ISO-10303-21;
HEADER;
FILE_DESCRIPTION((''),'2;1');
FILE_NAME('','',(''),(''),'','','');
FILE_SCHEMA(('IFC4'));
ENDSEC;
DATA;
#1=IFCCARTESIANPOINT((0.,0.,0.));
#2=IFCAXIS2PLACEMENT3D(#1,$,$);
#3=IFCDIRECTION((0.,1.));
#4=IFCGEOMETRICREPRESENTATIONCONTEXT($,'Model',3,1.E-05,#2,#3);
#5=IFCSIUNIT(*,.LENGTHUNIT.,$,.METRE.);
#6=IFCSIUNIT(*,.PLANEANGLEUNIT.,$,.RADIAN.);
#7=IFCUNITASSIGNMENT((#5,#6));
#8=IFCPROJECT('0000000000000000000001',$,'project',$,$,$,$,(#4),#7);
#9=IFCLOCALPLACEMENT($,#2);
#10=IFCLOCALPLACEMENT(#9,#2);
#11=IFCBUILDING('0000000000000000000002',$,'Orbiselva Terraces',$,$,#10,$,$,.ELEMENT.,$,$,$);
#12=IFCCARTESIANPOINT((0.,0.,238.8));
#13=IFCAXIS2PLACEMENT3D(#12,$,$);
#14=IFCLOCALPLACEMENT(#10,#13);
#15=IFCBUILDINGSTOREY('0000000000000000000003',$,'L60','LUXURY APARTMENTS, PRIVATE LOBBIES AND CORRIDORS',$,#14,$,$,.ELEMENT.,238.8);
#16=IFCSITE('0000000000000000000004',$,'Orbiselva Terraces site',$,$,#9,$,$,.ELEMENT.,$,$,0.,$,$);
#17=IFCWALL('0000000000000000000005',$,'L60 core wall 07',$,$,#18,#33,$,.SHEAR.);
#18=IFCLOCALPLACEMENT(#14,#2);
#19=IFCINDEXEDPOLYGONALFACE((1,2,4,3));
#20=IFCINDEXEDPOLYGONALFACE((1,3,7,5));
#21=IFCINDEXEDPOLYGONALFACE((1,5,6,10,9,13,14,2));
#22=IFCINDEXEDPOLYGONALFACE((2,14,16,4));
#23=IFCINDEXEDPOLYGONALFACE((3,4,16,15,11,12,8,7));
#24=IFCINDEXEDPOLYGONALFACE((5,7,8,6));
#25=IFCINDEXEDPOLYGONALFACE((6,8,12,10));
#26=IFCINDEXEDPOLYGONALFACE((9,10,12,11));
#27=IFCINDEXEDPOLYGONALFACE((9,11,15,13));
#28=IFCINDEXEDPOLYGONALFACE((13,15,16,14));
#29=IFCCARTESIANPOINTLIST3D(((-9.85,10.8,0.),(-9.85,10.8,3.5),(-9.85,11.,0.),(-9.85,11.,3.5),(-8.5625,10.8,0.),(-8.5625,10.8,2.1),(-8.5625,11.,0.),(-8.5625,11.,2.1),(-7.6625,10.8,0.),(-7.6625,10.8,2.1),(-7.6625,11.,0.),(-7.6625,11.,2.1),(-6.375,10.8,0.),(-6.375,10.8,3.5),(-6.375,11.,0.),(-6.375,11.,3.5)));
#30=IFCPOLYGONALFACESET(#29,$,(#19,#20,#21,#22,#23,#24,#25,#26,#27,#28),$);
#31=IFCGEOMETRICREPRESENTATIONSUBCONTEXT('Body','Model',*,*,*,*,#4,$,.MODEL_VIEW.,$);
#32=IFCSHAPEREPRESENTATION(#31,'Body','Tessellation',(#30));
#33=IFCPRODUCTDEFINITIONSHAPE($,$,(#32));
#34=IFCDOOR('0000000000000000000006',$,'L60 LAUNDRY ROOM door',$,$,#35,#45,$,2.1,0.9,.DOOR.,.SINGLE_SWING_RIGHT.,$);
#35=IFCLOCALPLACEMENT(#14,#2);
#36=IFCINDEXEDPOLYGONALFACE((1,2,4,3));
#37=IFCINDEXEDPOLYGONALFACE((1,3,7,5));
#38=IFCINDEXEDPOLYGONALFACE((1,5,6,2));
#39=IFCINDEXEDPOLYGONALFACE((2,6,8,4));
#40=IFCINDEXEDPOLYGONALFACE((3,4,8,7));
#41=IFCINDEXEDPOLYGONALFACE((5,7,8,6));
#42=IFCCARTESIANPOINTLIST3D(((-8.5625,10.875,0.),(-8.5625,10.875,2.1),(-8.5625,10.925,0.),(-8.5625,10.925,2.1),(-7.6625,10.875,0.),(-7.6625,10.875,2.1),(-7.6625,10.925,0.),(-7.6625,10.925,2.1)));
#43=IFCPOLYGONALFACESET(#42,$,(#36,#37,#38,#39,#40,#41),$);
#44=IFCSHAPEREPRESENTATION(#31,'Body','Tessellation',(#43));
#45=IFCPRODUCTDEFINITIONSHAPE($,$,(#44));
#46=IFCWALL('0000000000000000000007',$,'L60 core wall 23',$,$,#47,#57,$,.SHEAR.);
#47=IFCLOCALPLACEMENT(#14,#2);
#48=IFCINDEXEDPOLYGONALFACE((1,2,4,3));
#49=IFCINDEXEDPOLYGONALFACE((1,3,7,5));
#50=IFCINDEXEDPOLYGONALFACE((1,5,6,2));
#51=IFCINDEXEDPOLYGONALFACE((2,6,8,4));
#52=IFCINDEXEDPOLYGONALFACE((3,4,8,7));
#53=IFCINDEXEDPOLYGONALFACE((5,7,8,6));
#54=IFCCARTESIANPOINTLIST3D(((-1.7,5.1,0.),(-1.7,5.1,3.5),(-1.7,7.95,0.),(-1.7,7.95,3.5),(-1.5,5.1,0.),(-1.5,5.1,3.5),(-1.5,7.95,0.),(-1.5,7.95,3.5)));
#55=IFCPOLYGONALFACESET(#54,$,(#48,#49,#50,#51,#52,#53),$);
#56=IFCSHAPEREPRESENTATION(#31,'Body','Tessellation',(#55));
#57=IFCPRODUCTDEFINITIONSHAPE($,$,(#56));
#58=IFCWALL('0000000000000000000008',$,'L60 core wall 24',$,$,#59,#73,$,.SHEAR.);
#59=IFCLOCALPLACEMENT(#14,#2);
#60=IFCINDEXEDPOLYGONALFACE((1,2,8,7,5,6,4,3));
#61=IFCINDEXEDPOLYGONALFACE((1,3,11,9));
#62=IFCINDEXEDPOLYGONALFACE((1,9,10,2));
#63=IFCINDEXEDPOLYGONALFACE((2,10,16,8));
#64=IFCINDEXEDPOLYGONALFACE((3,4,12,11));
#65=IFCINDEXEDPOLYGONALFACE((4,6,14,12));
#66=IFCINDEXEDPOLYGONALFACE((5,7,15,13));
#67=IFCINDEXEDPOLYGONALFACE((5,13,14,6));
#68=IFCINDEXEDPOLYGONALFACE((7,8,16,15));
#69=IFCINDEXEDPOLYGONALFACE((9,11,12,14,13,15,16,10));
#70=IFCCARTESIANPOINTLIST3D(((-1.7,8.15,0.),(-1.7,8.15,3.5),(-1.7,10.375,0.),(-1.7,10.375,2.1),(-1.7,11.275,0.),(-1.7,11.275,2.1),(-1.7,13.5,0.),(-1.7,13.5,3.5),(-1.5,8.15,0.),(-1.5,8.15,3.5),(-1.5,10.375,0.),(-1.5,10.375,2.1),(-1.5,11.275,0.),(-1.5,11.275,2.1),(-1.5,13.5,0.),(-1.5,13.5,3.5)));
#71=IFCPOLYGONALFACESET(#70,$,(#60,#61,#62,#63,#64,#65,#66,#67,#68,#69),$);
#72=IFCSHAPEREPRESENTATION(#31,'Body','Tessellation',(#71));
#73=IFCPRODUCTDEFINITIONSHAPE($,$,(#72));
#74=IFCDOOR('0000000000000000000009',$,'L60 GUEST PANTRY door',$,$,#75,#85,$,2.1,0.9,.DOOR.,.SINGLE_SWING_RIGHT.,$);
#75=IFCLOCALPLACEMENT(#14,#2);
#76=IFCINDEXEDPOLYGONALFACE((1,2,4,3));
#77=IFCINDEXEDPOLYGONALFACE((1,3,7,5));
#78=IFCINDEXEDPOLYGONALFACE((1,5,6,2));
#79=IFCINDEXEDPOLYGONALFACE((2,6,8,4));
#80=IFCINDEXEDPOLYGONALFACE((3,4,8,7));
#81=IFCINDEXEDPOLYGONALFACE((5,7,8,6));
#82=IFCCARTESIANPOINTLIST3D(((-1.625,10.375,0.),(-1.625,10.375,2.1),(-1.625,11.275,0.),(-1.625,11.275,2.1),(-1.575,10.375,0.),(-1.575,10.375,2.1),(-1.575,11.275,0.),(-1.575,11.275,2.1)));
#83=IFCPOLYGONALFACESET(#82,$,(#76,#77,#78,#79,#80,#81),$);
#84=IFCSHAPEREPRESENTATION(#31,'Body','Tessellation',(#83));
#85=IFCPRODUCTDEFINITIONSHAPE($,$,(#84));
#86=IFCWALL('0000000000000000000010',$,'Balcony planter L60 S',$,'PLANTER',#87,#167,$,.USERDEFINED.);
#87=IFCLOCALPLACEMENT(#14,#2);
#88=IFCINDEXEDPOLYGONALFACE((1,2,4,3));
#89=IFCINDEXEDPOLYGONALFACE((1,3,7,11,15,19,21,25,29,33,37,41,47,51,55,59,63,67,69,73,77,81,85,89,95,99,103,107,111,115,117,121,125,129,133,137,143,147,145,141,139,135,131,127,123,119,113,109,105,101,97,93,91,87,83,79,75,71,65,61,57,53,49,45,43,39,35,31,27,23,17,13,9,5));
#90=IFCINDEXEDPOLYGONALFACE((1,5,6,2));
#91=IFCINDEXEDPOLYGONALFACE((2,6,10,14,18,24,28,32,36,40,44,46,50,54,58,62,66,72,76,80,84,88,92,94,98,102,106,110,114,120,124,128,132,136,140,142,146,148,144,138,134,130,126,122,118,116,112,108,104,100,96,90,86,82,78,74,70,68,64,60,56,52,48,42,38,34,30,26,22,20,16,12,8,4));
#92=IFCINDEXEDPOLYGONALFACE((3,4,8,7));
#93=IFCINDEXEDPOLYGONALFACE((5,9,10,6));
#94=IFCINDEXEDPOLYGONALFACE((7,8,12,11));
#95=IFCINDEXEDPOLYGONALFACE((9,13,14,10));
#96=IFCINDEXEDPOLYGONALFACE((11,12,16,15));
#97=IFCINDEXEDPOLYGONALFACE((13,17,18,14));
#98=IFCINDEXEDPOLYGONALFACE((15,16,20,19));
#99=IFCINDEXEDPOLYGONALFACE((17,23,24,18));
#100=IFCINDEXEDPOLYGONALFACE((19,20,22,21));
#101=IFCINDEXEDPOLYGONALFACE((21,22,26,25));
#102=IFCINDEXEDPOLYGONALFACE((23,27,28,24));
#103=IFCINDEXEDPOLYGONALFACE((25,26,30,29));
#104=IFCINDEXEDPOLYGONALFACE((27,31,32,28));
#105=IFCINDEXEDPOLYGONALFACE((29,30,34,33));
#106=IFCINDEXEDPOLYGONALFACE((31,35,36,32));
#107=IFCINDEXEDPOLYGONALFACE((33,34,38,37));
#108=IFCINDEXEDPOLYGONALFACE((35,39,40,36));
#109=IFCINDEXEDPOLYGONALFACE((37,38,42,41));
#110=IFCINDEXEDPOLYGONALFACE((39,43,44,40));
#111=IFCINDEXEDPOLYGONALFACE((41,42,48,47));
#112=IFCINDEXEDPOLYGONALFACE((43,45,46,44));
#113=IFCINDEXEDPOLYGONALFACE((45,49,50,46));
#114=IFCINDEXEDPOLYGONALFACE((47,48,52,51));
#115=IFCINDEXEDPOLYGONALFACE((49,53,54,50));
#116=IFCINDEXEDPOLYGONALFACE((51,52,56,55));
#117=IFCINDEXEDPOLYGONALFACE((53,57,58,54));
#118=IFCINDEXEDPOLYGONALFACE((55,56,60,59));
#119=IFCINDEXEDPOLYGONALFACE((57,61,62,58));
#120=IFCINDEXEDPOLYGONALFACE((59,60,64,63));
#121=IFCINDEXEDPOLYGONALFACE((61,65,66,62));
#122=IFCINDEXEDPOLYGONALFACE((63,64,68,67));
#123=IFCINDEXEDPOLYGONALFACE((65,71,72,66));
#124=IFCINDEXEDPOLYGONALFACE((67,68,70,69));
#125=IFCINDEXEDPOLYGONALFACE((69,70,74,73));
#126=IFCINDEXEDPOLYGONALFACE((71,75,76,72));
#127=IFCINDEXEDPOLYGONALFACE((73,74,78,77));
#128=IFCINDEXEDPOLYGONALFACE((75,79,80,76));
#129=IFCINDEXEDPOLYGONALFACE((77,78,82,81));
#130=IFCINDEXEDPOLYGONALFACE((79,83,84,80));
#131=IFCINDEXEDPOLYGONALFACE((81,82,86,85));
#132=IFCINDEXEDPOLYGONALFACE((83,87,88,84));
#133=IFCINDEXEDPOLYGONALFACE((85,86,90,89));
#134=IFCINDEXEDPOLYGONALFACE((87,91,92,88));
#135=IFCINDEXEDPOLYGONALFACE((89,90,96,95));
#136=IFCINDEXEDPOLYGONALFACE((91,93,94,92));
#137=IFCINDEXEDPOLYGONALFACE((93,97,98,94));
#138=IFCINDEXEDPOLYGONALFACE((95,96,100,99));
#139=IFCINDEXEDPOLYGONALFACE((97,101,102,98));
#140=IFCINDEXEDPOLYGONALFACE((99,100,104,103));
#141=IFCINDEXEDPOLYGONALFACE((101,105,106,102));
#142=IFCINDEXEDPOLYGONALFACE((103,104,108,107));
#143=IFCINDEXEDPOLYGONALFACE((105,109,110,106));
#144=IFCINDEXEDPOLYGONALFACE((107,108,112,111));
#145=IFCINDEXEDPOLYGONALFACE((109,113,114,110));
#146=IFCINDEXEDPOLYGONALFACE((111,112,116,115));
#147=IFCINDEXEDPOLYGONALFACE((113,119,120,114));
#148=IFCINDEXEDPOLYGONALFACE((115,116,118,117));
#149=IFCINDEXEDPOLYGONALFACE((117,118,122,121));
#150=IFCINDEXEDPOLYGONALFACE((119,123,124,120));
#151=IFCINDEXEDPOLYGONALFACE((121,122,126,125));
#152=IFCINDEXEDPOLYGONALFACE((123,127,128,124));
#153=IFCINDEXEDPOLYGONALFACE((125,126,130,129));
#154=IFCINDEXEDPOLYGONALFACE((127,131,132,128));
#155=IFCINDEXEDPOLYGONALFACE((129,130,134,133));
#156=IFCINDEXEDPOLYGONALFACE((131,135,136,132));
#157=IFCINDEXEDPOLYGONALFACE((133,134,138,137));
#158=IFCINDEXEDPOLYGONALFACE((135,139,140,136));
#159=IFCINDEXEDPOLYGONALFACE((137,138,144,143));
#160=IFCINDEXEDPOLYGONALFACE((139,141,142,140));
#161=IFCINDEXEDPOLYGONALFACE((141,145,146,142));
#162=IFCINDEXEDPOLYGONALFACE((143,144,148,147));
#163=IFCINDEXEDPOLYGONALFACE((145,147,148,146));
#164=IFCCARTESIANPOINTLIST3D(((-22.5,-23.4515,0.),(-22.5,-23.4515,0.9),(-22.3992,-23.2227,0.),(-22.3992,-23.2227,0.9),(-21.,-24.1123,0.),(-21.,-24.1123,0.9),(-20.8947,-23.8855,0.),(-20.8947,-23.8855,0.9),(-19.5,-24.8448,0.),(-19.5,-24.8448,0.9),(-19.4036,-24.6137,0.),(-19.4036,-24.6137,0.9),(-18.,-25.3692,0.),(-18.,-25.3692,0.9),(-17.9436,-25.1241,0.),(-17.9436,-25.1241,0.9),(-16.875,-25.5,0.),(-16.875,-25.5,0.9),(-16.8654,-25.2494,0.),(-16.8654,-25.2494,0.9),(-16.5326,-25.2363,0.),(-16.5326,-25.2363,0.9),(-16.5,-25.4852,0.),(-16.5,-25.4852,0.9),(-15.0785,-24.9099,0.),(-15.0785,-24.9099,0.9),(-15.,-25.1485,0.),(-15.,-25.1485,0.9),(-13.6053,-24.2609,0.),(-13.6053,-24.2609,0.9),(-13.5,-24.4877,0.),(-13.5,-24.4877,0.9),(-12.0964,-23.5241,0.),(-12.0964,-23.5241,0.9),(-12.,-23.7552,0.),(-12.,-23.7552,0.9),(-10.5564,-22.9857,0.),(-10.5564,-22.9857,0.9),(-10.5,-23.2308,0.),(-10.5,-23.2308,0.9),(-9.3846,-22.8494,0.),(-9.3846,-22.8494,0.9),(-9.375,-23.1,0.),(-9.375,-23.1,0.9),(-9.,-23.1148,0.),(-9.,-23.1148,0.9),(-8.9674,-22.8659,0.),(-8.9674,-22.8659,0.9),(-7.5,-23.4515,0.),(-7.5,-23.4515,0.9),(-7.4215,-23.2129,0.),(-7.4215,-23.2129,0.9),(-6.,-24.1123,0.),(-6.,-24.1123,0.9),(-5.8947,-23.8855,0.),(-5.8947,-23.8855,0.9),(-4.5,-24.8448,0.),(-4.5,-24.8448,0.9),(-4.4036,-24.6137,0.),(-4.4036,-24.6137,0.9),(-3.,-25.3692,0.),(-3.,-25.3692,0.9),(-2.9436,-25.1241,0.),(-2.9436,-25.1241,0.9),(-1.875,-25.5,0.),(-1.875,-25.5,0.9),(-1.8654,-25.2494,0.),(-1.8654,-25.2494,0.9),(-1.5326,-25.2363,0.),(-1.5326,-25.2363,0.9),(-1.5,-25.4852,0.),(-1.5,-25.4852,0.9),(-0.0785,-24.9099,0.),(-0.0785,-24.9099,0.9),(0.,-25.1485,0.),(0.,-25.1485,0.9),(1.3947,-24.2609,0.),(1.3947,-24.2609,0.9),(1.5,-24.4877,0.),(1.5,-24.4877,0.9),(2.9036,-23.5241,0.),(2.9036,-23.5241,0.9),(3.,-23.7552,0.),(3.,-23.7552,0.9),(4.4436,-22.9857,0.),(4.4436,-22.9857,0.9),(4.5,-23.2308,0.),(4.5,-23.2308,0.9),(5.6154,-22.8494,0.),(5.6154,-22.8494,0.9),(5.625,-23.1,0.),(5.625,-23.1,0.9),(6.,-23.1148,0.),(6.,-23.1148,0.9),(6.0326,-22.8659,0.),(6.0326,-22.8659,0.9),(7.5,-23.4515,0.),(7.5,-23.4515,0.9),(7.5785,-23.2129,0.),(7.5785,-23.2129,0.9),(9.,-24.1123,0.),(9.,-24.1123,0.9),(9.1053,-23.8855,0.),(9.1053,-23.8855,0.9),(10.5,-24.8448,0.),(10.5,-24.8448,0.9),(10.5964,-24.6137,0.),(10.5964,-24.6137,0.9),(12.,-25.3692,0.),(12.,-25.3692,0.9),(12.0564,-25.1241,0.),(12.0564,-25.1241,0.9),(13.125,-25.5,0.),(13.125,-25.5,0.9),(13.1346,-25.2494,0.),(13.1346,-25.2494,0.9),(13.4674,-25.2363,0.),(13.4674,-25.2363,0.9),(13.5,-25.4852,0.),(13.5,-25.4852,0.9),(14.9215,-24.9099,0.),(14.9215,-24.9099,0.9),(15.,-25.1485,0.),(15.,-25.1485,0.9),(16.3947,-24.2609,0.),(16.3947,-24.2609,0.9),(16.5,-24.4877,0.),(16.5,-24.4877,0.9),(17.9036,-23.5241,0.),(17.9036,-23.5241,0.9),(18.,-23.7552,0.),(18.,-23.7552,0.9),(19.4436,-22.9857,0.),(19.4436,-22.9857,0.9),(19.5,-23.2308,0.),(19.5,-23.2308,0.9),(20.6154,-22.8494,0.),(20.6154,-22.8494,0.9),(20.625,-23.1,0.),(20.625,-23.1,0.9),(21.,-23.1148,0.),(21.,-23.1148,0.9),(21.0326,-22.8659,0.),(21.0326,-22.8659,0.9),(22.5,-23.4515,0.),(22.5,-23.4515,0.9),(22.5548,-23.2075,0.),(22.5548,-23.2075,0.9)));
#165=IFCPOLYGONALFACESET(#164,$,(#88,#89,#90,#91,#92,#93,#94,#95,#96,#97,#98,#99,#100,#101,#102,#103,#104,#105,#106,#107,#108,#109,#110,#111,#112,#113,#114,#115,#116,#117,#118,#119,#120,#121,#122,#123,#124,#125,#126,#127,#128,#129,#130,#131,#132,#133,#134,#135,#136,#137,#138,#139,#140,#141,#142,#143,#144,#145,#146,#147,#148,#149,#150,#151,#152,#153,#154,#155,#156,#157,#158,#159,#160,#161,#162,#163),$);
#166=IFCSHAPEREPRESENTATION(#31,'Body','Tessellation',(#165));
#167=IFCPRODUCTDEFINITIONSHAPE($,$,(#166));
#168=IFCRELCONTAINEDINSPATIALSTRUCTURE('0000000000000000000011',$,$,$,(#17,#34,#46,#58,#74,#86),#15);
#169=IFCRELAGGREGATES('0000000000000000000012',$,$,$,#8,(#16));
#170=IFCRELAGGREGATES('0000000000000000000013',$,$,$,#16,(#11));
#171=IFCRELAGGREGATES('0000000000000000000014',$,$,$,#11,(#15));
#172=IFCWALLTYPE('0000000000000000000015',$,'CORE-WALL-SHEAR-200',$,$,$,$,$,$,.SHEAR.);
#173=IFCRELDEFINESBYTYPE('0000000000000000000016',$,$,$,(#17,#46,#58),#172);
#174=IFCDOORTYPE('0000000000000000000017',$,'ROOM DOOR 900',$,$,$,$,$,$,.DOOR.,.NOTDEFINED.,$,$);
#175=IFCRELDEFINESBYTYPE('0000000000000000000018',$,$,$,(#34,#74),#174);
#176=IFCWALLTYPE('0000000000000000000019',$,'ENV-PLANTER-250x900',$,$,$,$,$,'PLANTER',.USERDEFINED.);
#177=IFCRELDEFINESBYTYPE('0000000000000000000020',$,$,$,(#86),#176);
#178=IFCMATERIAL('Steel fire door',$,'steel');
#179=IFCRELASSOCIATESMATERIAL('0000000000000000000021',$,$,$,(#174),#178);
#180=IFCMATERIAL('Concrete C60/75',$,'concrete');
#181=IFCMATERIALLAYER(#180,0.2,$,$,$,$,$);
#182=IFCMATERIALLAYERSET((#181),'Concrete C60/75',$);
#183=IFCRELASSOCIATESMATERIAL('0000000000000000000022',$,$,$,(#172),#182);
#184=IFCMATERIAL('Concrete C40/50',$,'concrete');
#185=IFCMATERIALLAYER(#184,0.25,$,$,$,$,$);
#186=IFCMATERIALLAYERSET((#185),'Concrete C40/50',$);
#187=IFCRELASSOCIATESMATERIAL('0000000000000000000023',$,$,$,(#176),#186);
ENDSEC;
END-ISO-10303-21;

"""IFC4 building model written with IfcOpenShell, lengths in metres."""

from ifc_helpers import new_model, si_unit, direction, frame, frame_2d, origin, place, context, subcontext, project, spatial, polyline, rectangle, outline, extrude, material, layer, layer_set, type_object, element, fill, save


model = new_model("IFC4")

# Units and contexts
model_context = context("Model", 3, precision=1e-05, world=origin(), true_north=direction((0.0, 1.0)))
body_context = subcontext(model_context, "Body", "Model", "MODEL_VIEW")
ifc_project = project(units=[si_unit("LENGTHUNIT", "METRE"), si_unit("PLANEANGLEUNIT", "RADIAN")], contexts=[model_context])

# Site, building, storey
site_placement = place(None, origin())
site = spatial("IfcSite", under=ifc_project, at=site_placement, Name="Orbiselva Terraces site", CompositionType="ELEMENT", RefElevation=0.0)
building_placement = place(site_placement, origin())
building = spatial("IfcBuilding", under=site, at=building_placement, Name="Orbiselva Terraces", CompositionType="ELEMENT")
storey_placement = place(building_placement, frame((0.0, 0.0, 238.8)))
storey = spatial("IfcBuildingStorey", under=building, at=storey_placement, Name="L60", Description="LUXURY APARTMENTS, PRIVATE LOBBIES AND CORRIDORS", CompositionType="ELEMENT", Elevation=238.8)

# Shared definitions
ifc_material_1 = material(Name="Steel fire door", Category="steel")
door_type = type_object("IfcDoorType", Name="ROOM DOOR 900", OperationType="NOTDEFINED", PredefinedType="DOOR", material=ifc_material_1)

# Shared definitions
ifc_material_2 = material(Name="Concrete C60/75", Category="concrete")
ifc_layer_1 = layer(ifc_material_2, 0.2)
ifc_layer_set_1 = layer_set([ifc_layer_1], Name="Concrete C60/75")
wall_type_1 = type_object("IfcWallType", Name="CORE-WALL-SHEAR-200", PredefinedType="SHEAR", material=ifc_layer_set_1)

# Wall, opening, door
wall_1_placement = place(storey_placement, frame((-9.85, 10.9, 0.0), z_axis=(0.0, 0.0, 1.0), x_axis=(1.0, 0.0, 0.0)))
wall_1 = element("IfcWall", 1, at=wall_1_placement, inside=storey, type_object=wall_type_1, Name="L60 core wall 07", PredefinedType="SHEAR", context=body_context, shape_type="SweptSolid", body=[
    extrude(rectangle(XDim=3.475, YDim=0.2, at=frame_2d((1.7375, 0.0))), origin(), (0.0, 0.0, 1.0), 3.5),
])
opening_1_placement = place(wall_1_placement, frame((1.2875, 0.0, 0.0)))
opening_1 = element("IfcOpeningElement", 2, at=opening_1_placement, cuts=wall_1, PredefinedType="OPENING", context=body_context, shape_type="SweptSolid", body=[
    extrude(rectangle(XDim=0.9, YDim=2.1, at=frame_2d((0.45, 1.05))), frame((0.0, 0.11, 0.0), z_axis=(0.0, -1.0, 0.0), x_axis=(1.0, 0.0, 0.0)), (0.0, 0.0, 1.0), 0.22),
])
door_1_placement = place(opening_1_placement, origin())
door_1 = element("IfcDoor", 3, at=door_1_placement, inside=storey, type_object=door_type, Name="L60 LAUNDRY ROOM door", OperationType="SINGLE_SWING_RIGHT", OverallHeight=2.1, OverallWidth=0.9, PredefinedType="DOOR", context=body_context, shape_type="SweptSolid", body=[
    extrude(rectangle(XDim=0.9, YDim=2.1, at=frame_2d((0.45, 1.05))), frame((0.0, 0.025, 0.0), z_axis=(0.0, -1.0, 0.0), x_axis=(1.0, 0.0, 0.0)), (0.0, 0.0, 1.0), 0.05),
])
fill(opening_1, door_1)

# Wall
wall_2_placement = place(storey_placement, frame((-1.6, 5.1, 0.0), z_axis=(0.0, 0.0, 1.0), x_axis=(0.0, 1.0, 0.0)))
element("IfcWall", 4, at=wall_2_placement, inside=storey, type_object=wall_type_1, Name="L60 core wall 23", PredefinedType="SHEAR", context=body_context, shape_type="SweptSolid", body=[
    extrude(rectangle(XDim=2.85, YDim=0.2, at=frame_2d((1.425, 0.0))), origin(), (0.0, 0.0, 1.0), 3.5),
])

# Wall, opening, door
wall_3_placement = place(storey_placement, frame((-1.6, 8.15, 0.0), z_axis=(0.0, 0.0, 1.0), x_axis=(0.0, 1.0, 0.0)))
wall_3 = element("IfcWall", 5, at=wall_3_placement, inside=storey, type_object=wall_type_1, Name="L60 core wall 24", PredefinedType="SHEAR", context=body_context, shape_type="SweptSolid", body=[
    extrude(rectangle(XDim=5.35, YDim=0.2, at=frame_2d((2.675, 0.0))), origin(), (0.0, 0.0, 1.0), 3.5),
])
opening_2_placement = place(wall_3_placement, frame((2.225, 0.0, 0.0)))
opening_2 = element("IfcOpeningElement", 6, at=opening_2_placement, cuts=wall_3, PredefinedType="OPENING", context=body_context, shape_type="SweptSolid", body=[
    extrude(rectangle(XDim=0.9, YDim=2.1, at=frame_2d((0.45, 1.05))), frame((0.0, 0.11, 0.0), z_axis=(0.0, -1.0, 0.0), x_axis=(1.0, 0.0, 0.0)), (0.0, 0.0, 1.0), 0.22),
])
door_2_placement = place(opening_2_placement, origin())
door_2 = element("IfcDoor", 7, at=door_2_placement, inside=storey, type_object=door_type, Name="L60 GUEST PANTRY door", OperationType="SINGLE_SWING_RIGHT", OverallHeight=2.1, OverallWidth=0.9, PredefinedType="DOOR", context=body_context, shape_type="SweptSolid", body=[
    extrude(rectangle(XDim=0.9, YDim=2.1, at=frame_2d((0.45, 1.05))), frame((0.0, 0.025, 0.0), z_axis=(0.0, -1.0, 0.0), x_axis=(1.0, 0.0, 0.0)), (0.0, 0.0, 1.0), 0.05),
])
fill(opening_2, door_2)

# Wall
ifc_material_3 = material(Name="Concrete C40/50", Category="concrete")
ifc_layer_2 = layer(ifc_material_3, 0.25)
ifc_layer_set_2 = layer_set([ifc_layer_2], Name="Concrete C40/50")
wall_type_2 = type_object("IfcWallType", Name="ENV-PLANTER-250x900", ElementType="PLANTER", PredefinedType="USERDEFINED", material=ifc_layer_set_2)
wall_4_placement = place(storey_placement, origin())
element("IfcWall", 8, at=wall_4_placement, inside=storey, type_object=wall_type_2, Name="Balcony planter L60 S", ObjectType="PLANTER", PredefinedType="USERDEFINED", context=body_context, shape_type="SweptSolid", body=[
    extrude(outline(polyline([(-22.5, -23.4515), (-21.0, -24.1123), (-19.5, -24.8448), (-18.0, -25.3692), (-16.875, -25.5), (-16.5, -25.4852), (-15.0, -25.1485), (-13.5, -24.4877), (-12.0, -23.7552), (-10.5, -23.2308), (-9.375, -23.1), (-9.0, -23.1148), (-7.5, -23.4515), (-6.0, -24.1123), (-4.5, -24.8448), (-3.0, -25.3692), (-1.875, -25.5), (-1.5, -25.4852), (0.0, -25.1485), (1.5, -24.4877), (3.0, -23.7552), (4.5, -23.2308), (5.625, -23.1), (6.0, -23.1148), (7.5, -23.4515), (9.0, -24.1123), (10.5, -24.8448), (12.0, -25.3692), (13.125, -25.5), (13.5, -25.4852), (15.0, -25.1485), (16.5, -24.4877), (18.0, -23.7552), (19.5, -23.2308), (20.625, -23.1), (21.0, -23.1148), (22.5, -23.4515), (22.5548, -23.2075), (21.0326, -22.8659), (20.6154, -22.8494), (19.4436, -22.9857), (17.9036, -23.5241), (16.3947, -24.2609), (14.9215, -24.9099), (13.4674, -25.2363), (13.1346, -25.2494), (12.0564, -25.1241), (10.5964, -24.6137), (9.1053, -23.8855), (7.5785, -23.2129), (6.0326, -22.8659), (5.6154, -22.8494), (4.4436, -22.9857), (2.9036, -23.5241), (1.3947, -24.2609), (-0.0785, -24.9099), (-1.5326, -25.2363), (-1.8654, -25.2494), (-2.9436, -25.1241), (-4.4036, -24.6137), (-5.8947, -23.8855), (-7.4215, -23.2129), (-8.9674, -22.8659), (-9.3846, -22.8494), (-10.5564, -22.9857), (-12.0964, -23.5241), (-13.6053, -24.2609), (-15.0785, -24.9099), (-16.5326, -25.2363), (-16.8654, -25.2494), (-17.9436, -25.1241), (-19.4036, -24.6137), (-20.8947, -23.8855), (-22.3992, -23.2227), (-22.5, -23.4515)])), origin(), (0.0, 0.0, 1.0), 0.9),
])

save(model, "model.ifc")
